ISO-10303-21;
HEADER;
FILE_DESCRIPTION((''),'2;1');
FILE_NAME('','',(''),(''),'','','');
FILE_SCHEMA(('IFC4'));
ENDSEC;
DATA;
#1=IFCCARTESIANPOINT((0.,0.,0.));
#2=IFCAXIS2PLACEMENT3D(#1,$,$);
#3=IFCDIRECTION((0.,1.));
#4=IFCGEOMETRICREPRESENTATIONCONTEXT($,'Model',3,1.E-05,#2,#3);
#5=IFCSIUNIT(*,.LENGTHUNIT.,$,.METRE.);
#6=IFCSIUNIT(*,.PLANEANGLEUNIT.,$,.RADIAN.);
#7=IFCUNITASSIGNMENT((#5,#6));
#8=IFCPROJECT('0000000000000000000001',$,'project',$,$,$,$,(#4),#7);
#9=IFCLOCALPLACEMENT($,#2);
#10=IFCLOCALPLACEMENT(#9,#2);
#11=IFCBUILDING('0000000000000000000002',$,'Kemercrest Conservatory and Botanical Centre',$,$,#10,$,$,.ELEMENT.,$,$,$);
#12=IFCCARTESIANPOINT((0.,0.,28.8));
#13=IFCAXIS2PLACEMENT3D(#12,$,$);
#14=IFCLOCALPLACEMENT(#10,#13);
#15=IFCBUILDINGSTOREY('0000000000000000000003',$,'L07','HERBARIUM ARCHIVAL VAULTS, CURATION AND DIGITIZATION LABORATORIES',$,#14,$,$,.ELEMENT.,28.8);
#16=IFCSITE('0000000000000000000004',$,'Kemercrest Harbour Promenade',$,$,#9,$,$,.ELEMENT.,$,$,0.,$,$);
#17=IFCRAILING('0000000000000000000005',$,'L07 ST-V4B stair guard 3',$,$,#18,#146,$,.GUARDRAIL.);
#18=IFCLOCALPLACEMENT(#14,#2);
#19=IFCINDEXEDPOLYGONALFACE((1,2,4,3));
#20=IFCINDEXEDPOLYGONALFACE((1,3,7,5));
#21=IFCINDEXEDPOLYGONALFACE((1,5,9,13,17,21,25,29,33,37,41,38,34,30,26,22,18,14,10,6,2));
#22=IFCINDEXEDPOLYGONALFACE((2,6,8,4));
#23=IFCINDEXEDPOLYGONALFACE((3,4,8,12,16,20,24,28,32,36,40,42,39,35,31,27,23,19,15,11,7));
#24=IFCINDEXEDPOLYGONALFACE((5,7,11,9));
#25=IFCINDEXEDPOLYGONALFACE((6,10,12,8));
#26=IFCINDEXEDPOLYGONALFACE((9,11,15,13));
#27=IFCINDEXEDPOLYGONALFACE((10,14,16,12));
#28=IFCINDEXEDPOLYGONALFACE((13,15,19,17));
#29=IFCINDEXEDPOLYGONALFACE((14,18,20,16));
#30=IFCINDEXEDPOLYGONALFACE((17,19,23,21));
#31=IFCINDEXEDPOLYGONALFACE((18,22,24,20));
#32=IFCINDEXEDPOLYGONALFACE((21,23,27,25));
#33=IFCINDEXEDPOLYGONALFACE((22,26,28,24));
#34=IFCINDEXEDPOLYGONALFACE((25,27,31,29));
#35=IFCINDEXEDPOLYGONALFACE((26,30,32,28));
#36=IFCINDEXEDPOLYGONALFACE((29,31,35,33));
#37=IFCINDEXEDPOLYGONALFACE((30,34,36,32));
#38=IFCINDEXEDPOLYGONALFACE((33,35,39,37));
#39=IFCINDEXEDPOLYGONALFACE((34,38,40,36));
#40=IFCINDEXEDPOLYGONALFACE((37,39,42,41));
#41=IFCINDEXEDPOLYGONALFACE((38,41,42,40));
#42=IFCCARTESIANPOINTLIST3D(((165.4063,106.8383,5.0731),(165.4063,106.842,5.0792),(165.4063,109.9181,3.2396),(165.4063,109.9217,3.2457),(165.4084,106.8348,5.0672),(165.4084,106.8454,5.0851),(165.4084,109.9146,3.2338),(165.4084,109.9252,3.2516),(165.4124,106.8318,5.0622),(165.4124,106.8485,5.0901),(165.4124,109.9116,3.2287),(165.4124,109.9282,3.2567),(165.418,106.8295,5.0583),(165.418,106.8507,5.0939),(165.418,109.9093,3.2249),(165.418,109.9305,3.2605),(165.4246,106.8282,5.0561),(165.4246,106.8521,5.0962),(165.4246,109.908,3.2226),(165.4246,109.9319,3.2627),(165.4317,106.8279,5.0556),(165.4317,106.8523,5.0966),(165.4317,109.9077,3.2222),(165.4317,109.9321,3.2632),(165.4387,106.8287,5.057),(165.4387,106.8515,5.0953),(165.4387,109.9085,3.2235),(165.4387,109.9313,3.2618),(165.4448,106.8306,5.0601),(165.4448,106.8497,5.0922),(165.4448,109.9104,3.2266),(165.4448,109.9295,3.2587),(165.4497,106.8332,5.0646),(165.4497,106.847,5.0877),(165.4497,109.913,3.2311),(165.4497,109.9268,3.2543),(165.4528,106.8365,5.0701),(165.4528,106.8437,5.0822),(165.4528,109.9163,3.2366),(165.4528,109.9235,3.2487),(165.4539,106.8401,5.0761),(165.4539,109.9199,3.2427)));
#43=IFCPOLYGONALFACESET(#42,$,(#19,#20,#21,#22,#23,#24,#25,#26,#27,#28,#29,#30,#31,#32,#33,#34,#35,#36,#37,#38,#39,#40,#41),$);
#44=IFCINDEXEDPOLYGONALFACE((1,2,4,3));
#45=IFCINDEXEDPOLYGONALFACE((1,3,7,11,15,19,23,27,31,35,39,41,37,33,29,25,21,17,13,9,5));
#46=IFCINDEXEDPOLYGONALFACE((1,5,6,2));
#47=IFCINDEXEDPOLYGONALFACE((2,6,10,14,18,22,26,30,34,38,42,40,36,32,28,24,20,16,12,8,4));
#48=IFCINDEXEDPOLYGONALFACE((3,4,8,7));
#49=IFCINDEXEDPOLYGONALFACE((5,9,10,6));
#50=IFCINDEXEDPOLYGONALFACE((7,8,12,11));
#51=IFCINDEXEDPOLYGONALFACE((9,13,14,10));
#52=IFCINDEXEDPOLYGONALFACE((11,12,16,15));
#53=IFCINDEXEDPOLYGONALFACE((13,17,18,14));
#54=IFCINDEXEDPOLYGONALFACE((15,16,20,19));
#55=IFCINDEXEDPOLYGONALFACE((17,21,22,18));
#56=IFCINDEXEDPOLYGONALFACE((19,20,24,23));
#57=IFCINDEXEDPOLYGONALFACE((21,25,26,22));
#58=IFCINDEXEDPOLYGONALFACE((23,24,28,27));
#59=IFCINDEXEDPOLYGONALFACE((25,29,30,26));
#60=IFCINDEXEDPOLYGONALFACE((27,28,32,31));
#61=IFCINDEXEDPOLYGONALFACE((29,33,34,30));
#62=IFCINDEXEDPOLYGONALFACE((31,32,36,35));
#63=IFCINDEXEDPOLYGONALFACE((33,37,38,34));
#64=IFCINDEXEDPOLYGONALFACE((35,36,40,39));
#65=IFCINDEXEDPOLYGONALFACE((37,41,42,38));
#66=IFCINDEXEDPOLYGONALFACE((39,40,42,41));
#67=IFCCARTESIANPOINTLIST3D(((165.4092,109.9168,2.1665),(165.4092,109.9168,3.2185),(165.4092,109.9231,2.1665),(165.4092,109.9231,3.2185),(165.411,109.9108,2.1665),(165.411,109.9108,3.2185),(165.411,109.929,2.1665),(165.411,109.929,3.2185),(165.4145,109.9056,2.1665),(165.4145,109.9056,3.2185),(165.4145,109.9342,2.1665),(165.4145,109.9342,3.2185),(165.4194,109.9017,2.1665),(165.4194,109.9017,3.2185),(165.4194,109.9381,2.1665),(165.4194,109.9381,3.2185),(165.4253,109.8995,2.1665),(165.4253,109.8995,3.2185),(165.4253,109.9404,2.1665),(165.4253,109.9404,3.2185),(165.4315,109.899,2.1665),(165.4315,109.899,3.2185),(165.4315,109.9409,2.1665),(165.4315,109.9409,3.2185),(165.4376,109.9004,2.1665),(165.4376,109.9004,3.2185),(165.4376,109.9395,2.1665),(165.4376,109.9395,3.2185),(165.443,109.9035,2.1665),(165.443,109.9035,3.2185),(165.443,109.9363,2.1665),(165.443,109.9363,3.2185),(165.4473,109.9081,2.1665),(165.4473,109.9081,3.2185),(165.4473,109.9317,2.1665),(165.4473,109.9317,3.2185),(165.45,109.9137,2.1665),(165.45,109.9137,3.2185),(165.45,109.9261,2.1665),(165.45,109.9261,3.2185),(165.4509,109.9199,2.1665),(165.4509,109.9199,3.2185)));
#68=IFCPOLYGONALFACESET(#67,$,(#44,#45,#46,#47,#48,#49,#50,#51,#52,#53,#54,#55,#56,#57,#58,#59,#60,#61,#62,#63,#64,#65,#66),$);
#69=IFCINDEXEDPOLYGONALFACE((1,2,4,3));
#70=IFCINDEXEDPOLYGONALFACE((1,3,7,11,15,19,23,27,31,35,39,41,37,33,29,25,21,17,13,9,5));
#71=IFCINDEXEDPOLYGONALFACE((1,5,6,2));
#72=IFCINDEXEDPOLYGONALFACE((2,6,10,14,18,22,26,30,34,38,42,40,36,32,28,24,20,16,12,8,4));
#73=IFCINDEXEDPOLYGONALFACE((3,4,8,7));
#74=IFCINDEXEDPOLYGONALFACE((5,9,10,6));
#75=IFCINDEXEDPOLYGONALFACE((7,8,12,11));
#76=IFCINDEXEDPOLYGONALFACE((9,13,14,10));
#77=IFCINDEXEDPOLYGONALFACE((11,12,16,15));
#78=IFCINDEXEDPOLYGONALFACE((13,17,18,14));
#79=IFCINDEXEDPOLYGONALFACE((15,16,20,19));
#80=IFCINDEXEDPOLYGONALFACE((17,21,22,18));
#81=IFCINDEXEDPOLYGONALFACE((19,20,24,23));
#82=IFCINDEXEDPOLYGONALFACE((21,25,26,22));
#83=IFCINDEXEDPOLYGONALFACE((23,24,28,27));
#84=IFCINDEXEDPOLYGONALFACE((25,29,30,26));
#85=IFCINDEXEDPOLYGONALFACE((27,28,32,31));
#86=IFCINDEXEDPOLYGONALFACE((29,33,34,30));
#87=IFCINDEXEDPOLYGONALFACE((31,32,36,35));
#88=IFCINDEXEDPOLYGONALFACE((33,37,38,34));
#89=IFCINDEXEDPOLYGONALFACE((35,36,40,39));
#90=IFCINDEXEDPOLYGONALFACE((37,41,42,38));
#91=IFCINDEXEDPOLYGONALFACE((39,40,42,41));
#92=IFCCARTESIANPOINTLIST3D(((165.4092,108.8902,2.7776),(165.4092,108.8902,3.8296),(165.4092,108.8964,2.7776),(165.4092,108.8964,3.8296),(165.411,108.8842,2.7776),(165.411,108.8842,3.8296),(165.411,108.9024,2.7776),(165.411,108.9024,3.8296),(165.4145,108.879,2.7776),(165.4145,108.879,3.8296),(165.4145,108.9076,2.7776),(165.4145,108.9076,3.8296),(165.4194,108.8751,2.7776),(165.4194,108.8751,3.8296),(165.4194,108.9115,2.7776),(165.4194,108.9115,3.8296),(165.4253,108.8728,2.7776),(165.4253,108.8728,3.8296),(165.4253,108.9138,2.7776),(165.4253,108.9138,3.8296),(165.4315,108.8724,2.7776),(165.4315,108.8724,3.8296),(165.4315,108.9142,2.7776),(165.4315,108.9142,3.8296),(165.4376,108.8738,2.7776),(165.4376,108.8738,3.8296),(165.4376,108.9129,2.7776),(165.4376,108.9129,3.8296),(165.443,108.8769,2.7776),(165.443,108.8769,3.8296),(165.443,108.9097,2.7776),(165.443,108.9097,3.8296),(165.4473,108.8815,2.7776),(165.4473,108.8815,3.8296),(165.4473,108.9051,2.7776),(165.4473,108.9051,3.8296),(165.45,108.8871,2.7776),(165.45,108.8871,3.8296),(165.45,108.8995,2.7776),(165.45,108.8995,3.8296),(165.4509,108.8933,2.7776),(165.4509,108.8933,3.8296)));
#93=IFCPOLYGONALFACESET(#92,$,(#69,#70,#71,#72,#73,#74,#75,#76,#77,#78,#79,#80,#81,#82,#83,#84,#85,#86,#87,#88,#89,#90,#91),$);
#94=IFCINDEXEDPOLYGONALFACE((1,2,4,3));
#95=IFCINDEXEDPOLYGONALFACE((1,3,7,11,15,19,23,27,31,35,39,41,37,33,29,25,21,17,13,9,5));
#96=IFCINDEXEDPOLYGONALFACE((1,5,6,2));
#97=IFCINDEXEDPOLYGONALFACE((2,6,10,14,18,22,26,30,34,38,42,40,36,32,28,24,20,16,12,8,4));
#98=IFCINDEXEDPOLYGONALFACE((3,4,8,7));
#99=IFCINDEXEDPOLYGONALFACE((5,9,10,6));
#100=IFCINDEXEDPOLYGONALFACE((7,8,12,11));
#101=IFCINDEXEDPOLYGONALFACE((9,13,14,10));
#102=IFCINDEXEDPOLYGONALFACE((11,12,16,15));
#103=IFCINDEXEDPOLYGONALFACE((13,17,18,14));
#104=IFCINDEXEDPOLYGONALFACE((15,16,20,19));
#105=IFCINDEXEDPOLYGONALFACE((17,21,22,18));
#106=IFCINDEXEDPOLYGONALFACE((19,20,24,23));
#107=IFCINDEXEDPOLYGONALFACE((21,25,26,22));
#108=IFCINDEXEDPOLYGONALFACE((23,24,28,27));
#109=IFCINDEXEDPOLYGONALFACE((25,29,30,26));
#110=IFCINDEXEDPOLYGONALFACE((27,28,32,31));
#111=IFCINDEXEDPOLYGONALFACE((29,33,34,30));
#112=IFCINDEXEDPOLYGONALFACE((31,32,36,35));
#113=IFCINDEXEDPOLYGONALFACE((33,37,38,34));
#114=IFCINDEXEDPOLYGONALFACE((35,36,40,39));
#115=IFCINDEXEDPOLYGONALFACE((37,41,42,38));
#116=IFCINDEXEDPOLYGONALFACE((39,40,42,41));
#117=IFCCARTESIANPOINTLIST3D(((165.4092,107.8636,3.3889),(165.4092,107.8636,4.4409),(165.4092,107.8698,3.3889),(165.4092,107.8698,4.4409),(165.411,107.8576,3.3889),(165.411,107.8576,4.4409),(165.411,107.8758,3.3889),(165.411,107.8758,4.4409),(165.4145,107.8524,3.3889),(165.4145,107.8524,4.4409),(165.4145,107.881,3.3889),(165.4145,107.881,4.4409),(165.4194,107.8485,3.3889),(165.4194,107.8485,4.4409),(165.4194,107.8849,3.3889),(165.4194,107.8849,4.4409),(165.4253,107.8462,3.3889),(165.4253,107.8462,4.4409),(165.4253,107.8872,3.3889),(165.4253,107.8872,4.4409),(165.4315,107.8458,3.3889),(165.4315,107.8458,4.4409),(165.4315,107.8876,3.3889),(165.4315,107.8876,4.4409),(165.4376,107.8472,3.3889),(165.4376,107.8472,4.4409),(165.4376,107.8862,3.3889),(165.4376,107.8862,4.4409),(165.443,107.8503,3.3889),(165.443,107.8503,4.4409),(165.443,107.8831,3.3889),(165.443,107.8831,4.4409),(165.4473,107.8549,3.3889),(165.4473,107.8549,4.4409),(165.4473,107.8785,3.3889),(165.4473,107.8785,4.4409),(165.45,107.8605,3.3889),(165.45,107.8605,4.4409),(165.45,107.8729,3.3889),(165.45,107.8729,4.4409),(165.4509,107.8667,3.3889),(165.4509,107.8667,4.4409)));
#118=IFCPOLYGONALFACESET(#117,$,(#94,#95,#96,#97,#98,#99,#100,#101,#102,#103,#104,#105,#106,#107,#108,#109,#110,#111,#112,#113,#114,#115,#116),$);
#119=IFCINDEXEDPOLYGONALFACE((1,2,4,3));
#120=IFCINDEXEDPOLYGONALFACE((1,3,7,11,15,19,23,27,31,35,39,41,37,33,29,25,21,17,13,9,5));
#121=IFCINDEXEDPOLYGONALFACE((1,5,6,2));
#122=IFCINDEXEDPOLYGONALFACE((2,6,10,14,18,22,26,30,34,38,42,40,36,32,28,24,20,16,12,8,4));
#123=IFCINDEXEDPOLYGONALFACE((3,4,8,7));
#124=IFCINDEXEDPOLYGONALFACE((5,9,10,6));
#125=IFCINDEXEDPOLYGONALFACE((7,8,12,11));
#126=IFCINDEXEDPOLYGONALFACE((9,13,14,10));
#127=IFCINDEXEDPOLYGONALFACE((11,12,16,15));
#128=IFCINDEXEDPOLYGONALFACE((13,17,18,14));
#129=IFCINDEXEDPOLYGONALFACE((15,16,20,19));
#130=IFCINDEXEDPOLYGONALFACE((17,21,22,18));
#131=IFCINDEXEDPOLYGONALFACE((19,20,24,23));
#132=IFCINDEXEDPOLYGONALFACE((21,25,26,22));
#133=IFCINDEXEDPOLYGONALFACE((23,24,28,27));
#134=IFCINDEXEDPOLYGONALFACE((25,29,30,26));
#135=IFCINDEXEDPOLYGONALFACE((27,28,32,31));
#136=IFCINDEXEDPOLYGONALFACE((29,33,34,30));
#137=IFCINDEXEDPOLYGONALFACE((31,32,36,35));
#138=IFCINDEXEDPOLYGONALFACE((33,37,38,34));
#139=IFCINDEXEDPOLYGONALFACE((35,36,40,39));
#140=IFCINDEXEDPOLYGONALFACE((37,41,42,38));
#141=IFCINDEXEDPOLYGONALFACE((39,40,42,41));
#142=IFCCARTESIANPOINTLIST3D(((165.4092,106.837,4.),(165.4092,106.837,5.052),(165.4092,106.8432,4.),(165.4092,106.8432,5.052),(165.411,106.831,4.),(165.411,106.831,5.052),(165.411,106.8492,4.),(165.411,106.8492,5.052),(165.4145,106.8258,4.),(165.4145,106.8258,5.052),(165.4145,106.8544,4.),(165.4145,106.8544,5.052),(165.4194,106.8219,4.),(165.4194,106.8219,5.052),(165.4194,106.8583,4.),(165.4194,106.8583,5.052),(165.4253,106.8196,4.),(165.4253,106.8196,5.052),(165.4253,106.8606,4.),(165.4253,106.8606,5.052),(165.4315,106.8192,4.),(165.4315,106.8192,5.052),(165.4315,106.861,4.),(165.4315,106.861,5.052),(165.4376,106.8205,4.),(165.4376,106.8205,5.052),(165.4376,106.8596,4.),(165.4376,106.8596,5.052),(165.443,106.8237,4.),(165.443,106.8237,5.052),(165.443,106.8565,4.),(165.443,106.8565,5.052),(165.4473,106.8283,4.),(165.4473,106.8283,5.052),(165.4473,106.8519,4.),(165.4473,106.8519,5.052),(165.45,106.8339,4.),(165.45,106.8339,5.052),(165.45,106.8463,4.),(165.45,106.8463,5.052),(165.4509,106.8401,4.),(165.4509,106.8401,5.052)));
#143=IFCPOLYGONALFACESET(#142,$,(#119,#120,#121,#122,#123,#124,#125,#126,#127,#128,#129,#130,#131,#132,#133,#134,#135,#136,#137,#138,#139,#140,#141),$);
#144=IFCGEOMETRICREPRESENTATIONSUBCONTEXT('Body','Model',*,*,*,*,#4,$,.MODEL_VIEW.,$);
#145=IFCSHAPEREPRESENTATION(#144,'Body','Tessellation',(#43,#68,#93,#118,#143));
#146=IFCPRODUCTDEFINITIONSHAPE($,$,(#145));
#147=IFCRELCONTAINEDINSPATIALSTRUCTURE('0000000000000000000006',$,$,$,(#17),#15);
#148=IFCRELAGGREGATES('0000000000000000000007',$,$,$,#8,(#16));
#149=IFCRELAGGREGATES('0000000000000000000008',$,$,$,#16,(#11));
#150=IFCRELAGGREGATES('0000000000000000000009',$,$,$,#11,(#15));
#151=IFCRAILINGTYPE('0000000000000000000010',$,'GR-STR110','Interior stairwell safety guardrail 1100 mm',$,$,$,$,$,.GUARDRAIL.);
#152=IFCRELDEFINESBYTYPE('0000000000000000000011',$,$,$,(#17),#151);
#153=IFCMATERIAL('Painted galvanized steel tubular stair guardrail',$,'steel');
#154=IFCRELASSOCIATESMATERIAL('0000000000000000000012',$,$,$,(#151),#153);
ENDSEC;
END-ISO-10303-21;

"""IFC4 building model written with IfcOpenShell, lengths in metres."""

from ifc_helpers import new_model, si_unit, direction, frame, origin, origin_2d, place, context, subcontext, project, spatial, circle, extrude, material, type_object, element, save


model = new_model("IFC4")

# Units and contexts
model_context = context("Model", 3, precision=1e-05, world=origin(), true_north=direction((0.0, 1.0)))
body_context = subcontext(model_context, "Body", "Model", "MODEL_VIEW")
ifc_project = project(units=[si_unit("LENGTHUNIT", "METRE"), si_unit("PLANEANGLEUNIT", "RADIAN")], contexts=[model_context])

# Site, building, storey
site_placement = place(None, origin())
site = spatial("IfcSite", under=ifc_project, at=site_placement, Name="Kemercrest Harbour Promenade", CompositionType="ELEMENT", RefElevation=0.0)
building_placement = place(site_placement, origin())
building = spatial("IfcBuilding", under=site, at=building_placement, Name="Kemercrest Conservatory and Botanical Centre", CompositionType="ELEMENT")
storey_placement = place(building_placement, frame((0.0, 0.0, 28.8)))
storey = spatial("IfcBuildingStorey", under=building, at=storey_placement, Name="L07", Description="HERBARIUM ARCHIVAL VAULTS, CURATION AND DIGITIZATION LABORATORIES", CompositionType="ELEMENT", Elevation=28.8)

# Railing
ifc_material_1 = material(Name="Painted galvanized steel tubular stair guardrail", Category="steel")
railing_type_1 = type_object("IfcRailingType", Name="GR-STR110", Description="Interior stairwell safety guardrail 1100 mm", PredefinedType="GUARDRAIL", material=ifc_material_1)
railing_1_placement = place(storey_placement, frame((165.4299, 109.9199, 2.1665)))
element("IfcRailing", 1, at=railing_1_placement, inside=storey, type_object=railing_type_1, Name="L07 ST-V4B stair guard 3", PredefinedType="GUARDRAIL", context=body_context, shape_type="SweptSolid", body=[
    extrude(circle(Radius=0.0239, at=origin_2d()), frame((0.0, 0.0, 1.0762), z_axis=(0.0, -0.859261, 0.511538), x_axis=(1.0, 0.0, 0.0)), (0.0, 0.0, 1.0), 3.5842),
    extrude(circle(Radius=0.021, at=origin_2d()), origin(), (0.0, 0.0, 1.0), 1.052),
    extrude(circle(Radius=0.021, at=origin_2d()), frame((0.0, -1.0266, 0.6111)), (0.0, 0.0, 1.0), 1.052),
    extrude(circle(Radius=0.021, at=origin_2d()), frame((0.0, -2.0532, 1.2224)), (0.0, 0.0, 1.0), 1.052),
    extrude(circle(Radius=0.021, at=origin_2d()), frame((0.0, -3.0798, 1.8335)), (0.0, 0.0, 1.0), 1.052),
])

save(model, "model.ifc")
